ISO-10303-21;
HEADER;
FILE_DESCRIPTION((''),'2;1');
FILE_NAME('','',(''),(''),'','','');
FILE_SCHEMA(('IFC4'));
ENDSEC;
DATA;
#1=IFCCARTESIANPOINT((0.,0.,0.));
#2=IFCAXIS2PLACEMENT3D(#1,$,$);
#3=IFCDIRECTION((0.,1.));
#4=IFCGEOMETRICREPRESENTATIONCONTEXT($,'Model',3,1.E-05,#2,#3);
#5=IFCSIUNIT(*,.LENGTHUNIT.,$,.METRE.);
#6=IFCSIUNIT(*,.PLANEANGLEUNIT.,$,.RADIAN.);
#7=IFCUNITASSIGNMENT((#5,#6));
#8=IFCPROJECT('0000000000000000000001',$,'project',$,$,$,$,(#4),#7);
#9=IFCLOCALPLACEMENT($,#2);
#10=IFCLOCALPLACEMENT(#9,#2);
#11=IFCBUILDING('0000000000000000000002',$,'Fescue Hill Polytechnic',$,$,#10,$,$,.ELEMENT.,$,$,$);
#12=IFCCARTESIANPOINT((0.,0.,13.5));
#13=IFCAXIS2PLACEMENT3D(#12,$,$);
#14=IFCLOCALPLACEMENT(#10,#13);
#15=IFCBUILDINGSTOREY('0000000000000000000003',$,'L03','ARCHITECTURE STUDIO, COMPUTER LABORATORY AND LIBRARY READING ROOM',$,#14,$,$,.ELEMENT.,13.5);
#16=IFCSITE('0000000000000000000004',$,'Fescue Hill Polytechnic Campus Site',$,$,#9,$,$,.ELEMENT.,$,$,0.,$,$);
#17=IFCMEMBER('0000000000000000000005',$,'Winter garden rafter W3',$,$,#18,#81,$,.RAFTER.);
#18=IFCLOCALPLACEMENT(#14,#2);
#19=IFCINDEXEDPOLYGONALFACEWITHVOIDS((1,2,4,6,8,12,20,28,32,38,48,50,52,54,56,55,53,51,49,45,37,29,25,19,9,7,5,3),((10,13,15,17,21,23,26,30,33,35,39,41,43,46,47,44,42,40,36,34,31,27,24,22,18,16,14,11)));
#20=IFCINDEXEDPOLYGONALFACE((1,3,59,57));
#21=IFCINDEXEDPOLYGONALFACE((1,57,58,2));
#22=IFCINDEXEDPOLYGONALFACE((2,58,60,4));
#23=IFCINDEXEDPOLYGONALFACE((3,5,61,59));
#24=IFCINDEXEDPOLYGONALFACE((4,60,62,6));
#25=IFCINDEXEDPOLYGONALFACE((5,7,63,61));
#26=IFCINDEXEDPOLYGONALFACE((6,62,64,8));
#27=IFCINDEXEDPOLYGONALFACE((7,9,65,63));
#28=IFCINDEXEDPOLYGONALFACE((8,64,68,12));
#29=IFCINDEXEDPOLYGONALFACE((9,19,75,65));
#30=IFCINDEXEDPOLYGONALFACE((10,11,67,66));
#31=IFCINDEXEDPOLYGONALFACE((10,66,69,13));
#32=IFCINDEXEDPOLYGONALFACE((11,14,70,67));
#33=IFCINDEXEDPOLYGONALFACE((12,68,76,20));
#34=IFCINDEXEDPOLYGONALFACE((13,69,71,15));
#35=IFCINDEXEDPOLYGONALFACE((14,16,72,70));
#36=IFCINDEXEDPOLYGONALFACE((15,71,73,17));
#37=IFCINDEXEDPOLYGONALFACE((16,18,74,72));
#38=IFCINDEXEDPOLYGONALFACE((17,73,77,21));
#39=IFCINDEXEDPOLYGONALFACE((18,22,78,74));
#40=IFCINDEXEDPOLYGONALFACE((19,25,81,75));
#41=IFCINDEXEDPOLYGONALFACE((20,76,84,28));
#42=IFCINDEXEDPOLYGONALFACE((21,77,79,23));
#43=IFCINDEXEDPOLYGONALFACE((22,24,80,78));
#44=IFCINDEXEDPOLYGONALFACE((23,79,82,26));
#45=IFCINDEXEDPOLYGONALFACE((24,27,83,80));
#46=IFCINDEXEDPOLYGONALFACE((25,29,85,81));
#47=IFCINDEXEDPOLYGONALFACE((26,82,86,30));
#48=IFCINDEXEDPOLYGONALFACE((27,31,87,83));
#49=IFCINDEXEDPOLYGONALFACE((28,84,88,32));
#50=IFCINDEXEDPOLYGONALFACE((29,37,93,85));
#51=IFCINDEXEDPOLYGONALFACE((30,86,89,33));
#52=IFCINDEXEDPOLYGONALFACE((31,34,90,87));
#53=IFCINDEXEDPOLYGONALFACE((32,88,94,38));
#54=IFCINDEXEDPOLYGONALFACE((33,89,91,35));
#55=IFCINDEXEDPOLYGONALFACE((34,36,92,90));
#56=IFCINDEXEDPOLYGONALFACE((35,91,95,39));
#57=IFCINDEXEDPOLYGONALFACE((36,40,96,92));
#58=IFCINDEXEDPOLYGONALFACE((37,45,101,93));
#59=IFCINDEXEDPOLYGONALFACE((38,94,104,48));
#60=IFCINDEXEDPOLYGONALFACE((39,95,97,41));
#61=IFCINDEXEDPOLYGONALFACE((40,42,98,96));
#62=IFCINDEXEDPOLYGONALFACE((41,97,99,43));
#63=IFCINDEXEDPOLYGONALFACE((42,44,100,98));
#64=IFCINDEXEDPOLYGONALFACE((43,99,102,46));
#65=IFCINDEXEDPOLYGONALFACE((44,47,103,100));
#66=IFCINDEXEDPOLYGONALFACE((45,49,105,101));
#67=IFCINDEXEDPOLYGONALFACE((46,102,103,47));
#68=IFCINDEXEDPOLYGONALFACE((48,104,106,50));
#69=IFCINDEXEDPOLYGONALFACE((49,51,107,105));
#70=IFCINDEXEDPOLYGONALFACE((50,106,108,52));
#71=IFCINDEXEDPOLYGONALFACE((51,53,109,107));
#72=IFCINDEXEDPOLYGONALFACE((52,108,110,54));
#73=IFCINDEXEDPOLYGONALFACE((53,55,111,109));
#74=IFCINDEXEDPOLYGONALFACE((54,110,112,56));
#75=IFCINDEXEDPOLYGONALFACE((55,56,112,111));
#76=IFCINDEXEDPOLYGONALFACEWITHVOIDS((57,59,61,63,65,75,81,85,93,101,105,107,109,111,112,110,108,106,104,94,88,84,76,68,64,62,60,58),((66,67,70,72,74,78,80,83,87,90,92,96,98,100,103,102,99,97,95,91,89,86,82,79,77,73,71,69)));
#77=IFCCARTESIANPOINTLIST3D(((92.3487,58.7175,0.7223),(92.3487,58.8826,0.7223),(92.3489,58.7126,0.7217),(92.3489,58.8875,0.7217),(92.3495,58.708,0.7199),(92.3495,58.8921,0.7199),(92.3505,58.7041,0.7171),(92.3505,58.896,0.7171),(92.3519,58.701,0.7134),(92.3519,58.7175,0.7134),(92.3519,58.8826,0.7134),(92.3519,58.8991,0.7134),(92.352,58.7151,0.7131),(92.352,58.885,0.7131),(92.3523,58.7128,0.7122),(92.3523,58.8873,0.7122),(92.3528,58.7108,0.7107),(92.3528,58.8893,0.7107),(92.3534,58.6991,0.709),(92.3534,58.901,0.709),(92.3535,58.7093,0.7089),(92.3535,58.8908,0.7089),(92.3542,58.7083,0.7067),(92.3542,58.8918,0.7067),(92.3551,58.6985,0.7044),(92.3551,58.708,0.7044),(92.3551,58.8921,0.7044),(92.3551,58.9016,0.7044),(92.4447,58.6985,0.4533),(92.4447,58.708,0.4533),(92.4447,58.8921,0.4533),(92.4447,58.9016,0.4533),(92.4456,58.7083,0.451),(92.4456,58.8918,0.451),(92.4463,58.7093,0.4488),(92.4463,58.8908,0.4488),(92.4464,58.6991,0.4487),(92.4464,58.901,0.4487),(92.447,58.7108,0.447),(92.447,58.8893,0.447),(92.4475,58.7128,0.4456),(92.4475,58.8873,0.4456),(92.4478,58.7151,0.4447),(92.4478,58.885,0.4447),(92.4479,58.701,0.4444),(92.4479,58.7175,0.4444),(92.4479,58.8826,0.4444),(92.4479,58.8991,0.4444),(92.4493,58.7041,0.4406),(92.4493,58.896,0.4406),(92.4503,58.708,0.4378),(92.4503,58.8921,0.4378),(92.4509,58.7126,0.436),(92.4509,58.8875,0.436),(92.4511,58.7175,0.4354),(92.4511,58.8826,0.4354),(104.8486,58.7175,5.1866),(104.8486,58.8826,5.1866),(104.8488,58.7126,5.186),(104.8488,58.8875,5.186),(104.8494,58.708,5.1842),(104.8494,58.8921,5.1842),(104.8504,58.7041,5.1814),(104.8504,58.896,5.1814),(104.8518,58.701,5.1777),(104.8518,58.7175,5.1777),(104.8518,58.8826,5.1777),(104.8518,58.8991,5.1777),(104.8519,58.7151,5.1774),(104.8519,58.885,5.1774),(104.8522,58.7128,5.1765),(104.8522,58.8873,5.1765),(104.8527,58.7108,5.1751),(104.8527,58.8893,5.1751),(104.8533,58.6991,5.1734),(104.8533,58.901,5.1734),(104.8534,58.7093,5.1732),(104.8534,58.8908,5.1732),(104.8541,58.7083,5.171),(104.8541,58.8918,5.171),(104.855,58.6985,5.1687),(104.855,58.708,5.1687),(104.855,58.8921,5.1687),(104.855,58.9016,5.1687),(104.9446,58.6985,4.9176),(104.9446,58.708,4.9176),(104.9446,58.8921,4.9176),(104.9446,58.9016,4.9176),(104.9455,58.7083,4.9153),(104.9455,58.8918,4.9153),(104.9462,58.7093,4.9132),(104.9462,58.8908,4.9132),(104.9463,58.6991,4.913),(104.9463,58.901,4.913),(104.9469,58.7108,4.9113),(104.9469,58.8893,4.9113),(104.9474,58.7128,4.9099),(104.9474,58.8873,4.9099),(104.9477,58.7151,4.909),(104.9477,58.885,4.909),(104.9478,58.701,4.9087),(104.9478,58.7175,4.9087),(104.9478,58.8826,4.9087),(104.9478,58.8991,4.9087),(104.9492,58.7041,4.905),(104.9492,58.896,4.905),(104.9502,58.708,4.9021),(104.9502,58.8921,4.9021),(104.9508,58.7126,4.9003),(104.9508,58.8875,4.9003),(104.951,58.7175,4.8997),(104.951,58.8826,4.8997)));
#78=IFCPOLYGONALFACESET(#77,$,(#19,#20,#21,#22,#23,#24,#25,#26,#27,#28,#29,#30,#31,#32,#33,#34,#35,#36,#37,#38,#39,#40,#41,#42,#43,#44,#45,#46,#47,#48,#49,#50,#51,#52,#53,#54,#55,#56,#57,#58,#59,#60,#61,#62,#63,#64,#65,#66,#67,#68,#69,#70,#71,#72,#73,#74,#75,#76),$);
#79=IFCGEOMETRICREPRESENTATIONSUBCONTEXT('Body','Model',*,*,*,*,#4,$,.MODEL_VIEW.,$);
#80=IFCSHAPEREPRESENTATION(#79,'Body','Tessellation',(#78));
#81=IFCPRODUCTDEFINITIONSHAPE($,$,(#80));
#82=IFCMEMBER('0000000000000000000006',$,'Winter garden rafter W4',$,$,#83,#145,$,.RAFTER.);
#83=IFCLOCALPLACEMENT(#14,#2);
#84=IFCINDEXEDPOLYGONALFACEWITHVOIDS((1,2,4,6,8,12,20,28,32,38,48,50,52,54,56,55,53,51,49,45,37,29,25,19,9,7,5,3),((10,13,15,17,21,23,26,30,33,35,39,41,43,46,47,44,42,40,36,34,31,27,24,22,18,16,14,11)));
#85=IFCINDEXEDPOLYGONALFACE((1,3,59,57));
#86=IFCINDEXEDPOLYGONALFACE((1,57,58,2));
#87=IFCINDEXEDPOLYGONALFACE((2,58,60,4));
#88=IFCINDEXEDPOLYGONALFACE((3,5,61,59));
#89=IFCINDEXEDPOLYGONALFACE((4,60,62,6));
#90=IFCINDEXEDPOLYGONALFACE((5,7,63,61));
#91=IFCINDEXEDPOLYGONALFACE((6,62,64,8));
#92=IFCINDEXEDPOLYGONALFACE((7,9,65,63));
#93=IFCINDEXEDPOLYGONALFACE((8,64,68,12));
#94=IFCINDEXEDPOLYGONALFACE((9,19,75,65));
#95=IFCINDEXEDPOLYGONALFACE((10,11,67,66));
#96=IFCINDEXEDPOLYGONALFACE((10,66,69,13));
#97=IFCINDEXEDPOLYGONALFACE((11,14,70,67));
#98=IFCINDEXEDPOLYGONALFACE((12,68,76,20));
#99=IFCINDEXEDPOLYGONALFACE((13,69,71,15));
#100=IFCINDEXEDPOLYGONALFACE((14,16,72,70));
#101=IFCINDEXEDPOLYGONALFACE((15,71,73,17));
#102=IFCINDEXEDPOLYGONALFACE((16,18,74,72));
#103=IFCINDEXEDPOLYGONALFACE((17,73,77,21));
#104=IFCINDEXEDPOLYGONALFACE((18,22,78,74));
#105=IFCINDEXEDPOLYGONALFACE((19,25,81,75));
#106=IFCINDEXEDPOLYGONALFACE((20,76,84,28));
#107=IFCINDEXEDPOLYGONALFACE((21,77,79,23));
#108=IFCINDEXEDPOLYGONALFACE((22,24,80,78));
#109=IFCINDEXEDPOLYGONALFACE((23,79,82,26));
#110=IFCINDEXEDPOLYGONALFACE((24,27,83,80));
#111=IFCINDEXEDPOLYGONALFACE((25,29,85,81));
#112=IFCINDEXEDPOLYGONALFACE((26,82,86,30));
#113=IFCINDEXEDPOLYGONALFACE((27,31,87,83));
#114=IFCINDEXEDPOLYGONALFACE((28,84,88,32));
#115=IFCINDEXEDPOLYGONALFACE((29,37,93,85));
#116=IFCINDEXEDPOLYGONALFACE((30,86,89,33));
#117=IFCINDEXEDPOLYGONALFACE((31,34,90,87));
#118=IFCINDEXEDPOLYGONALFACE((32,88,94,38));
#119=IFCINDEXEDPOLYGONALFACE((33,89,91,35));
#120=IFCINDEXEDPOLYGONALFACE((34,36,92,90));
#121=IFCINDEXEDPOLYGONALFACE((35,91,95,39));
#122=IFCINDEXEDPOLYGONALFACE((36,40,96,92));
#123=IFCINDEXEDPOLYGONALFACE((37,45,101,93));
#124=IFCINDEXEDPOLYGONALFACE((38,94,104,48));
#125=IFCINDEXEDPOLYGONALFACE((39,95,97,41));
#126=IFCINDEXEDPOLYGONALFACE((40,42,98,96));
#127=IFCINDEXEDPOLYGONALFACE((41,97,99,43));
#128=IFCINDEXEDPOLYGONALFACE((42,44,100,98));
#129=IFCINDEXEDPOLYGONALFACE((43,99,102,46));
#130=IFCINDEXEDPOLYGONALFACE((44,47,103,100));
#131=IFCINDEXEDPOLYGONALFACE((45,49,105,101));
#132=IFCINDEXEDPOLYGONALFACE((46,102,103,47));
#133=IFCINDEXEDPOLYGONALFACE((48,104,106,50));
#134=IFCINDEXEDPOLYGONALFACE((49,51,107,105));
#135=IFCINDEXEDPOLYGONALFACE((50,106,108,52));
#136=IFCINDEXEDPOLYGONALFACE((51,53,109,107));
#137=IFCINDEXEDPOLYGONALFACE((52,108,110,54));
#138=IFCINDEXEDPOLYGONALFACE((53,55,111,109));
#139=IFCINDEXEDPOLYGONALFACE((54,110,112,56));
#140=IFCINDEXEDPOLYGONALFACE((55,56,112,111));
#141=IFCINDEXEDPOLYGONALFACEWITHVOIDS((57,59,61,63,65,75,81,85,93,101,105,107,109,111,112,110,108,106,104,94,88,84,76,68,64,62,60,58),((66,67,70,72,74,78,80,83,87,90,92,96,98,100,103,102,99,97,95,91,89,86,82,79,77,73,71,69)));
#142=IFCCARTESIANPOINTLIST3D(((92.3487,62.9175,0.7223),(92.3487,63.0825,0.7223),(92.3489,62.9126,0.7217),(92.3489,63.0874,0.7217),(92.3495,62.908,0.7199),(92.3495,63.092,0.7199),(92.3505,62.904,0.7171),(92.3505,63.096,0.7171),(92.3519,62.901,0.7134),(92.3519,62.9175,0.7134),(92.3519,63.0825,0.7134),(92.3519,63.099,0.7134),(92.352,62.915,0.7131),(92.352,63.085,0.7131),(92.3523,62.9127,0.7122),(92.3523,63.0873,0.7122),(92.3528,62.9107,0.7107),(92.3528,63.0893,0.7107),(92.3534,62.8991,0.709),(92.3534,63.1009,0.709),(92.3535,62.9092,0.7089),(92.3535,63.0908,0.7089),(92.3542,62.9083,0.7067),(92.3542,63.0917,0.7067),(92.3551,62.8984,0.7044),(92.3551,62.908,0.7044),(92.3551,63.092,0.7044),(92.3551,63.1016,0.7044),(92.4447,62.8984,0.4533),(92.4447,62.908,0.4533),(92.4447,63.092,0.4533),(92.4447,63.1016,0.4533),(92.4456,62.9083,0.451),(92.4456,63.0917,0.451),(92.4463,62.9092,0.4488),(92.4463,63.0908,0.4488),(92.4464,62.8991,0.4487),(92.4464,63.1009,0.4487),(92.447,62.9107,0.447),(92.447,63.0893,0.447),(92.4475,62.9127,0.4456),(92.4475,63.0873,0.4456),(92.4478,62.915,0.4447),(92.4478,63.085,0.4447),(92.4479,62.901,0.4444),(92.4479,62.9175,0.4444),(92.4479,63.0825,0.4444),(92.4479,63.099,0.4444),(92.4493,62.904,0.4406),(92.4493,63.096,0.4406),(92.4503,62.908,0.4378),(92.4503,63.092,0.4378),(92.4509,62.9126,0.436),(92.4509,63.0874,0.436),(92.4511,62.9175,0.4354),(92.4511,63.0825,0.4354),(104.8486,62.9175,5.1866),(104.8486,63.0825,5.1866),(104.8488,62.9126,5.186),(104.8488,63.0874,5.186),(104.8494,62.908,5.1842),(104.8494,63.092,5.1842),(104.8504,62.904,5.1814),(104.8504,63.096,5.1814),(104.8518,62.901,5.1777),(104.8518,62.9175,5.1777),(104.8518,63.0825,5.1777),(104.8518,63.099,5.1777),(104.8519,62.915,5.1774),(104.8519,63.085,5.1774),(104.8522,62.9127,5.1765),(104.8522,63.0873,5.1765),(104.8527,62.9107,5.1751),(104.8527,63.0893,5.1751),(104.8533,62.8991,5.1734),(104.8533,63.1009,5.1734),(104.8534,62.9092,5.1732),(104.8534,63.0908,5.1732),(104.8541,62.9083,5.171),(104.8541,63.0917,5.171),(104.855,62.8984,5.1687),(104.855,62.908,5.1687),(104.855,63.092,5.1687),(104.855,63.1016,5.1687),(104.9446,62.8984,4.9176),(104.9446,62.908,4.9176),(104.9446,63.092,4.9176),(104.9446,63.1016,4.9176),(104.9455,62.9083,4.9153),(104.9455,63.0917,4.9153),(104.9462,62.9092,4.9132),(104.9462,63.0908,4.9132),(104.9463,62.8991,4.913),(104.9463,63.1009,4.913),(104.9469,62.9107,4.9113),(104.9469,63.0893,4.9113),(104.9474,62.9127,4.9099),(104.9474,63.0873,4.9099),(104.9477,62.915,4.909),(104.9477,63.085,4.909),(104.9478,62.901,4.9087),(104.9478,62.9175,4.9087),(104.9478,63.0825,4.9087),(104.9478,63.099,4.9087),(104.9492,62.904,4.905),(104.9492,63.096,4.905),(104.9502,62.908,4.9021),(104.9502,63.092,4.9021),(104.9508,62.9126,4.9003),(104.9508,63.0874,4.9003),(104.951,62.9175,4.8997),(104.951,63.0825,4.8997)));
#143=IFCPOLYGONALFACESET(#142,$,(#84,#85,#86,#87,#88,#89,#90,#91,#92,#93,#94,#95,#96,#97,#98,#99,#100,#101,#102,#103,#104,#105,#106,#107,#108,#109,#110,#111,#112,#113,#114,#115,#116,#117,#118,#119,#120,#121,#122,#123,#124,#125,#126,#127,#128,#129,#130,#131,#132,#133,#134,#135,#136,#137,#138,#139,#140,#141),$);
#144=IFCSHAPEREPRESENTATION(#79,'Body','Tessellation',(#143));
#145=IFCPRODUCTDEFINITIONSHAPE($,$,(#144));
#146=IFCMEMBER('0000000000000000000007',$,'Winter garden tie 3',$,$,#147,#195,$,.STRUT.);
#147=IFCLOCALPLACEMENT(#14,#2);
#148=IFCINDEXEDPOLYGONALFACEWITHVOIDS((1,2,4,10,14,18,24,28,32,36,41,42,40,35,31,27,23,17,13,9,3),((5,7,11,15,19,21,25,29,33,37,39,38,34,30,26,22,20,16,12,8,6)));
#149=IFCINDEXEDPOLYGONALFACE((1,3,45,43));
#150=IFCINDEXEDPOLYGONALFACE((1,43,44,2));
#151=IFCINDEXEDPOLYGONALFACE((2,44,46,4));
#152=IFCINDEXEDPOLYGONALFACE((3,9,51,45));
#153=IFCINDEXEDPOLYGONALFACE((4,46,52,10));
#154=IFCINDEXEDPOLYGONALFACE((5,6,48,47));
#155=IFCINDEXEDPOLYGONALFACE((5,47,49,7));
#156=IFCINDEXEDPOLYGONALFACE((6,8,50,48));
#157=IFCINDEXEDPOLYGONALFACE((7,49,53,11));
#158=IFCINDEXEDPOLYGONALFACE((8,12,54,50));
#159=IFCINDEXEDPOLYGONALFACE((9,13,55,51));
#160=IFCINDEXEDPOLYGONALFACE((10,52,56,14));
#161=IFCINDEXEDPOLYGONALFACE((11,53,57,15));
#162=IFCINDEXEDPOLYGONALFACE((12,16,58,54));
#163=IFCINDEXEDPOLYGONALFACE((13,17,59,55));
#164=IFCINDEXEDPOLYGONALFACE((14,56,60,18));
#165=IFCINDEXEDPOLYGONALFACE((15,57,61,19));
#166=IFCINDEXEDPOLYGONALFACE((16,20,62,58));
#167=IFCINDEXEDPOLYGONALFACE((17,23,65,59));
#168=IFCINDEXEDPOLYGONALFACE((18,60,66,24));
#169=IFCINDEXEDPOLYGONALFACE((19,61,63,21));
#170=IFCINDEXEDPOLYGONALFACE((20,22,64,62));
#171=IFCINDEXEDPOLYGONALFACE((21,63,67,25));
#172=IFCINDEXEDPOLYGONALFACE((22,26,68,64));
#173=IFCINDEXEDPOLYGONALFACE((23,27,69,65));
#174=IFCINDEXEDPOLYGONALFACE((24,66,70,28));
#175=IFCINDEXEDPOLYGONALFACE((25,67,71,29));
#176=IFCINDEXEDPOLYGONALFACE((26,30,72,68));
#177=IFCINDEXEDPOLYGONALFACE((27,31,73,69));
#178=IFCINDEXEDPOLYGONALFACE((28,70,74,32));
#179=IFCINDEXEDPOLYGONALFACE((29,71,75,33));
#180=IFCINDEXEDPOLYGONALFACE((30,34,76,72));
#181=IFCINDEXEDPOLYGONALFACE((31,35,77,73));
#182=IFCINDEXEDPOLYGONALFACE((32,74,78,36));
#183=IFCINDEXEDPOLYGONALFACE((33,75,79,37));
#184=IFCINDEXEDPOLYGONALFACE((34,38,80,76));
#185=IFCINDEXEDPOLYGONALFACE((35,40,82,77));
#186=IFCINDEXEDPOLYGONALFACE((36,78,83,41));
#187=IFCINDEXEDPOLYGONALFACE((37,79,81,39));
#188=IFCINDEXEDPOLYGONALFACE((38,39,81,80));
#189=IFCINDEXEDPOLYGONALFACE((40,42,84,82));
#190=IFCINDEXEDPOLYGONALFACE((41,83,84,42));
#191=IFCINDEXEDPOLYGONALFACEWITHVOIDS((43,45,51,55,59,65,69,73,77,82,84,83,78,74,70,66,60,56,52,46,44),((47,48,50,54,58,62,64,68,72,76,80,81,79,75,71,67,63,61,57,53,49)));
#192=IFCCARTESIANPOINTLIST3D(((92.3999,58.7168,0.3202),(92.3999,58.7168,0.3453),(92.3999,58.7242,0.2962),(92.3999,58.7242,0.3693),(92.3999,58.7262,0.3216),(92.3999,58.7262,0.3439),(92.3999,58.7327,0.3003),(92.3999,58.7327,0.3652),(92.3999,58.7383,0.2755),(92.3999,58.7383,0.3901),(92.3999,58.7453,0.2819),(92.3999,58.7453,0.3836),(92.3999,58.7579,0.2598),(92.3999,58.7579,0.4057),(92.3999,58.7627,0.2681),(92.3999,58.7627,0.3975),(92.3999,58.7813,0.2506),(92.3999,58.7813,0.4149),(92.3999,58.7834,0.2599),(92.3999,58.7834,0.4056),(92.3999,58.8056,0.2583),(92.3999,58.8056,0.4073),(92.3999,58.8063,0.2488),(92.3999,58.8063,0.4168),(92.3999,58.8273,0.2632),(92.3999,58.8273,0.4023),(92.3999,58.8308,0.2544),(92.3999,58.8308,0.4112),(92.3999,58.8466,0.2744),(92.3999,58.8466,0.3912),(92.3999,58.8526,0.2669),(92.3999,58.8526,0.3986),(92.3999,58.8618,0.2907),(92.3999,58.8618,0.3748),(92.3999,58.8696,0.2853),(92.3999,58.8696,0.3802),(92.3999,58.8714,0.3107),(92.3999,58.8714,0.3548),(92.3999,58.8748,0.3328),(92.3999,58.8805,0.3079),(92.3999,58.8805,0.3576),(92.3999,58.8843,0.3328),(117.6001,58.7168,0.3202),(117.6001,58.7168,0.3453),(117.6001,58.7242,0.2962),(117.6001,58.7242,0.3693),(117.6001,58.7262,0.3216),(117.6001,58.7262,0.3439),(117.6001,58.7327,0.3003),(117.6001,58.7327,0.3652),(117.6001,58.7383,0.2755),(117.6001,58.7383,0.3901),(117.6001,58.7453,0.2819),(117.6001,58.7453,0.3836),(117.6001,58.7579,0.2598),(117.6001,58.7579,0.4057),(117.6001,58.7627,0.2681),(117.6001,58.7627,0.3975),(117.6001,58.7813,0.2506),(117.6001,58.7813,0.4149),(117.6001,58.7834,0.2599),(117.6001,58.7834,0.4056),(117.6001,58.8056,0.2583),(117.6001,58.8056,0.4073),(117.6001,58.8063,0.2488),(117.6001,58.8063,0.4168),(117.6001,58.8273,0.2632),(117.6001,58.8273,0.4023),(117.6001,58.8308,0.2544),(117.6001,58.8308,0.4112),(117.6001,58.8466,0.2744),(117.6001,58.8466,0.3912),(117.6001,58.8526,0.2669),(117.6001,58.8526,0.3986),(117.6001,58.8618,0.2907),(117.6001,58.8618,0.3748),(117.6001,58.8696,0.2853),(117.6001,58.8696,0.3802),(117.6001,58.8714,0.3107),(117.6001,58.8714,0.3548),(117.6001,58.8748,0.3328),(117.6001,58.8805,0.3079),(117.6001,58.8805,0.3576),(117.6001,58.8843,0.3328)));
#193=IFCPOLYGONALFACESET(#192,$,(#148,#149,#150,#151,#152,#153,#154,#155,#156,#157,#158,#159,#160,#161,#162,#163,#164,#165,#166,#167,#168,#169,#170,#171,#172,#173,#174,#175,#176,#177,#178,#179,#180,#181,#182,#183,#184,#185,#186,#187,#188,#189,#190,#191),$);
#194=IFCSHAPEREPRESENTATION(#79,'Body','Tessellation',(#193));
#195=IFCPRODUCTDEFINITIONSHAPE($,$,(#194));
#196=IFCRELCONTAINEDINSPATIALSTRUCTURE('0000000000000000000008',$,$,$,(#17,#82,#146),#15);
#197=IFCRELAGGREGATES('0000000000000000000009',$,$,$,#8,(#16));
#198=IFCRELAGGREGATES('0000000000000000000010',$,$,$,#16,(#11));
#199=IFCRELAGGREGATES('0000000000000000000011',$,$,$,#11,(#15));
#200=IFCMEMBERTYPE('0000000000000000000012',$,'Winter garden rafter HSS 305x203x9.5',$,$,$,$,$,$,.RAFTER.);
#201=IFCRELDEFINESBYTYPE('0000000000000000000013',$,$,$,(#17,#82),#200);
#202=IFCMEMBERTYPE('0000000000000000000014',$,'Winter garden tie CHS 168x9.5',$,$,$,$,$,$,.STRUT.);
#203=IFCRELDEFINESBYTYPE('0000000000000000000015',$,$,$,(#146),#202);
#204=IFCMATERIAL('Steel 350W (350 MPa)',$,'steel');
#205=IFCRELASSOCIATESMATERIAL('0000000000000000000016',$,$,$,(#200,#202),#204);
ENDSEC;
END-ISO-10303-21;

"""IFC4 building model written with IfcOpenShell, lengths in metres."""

from ifc_helpers import new_model, si_unit, direction, frame, origin, origin_2d, place, context, subcontext, project, spatial, hollow_rectangle, hollow_circle, extrude, material, material_profile, profile_set, type_object, element, save


model = new_model("IFC4")

# Units and contexts
model_context = context("Model", 3, precision=1e-05, world=origin(), true_north=direction((0.0, 1.0)))
body_context = subcontext(model_context, "Body", "Model", "MODEL_VIEW")
ifc_project = project(units=[si_unit("LENGTHUNIT", "METRE"), si_unit("PLANEANGLEUNIT", "RADIAN")], contexts=[model_context])

# Site, building, storey
site_placement = place(None, origin())
site = spatial("IfcSite", under=ifc_project, at=site_placement, Name="Fescue Hill Polytechnic Campus Site", CompositionType="ELEMENT", RefElevation=0.0)
building_placement = place(site_placement, origin())
building = spatial("IfcBuilding", under=site, at=building_placement, Name="Fescue Hill Polytechnic", CompositionType="ELEMENT")
storey_placement = place(building_placement, frame((0.0, 0.0, 13.5)))
storey = spatial("IfcBuildingStorey", under=building, at=storey_placement, Name="L03", Description="ARCHITECTURE STUDIO, COMPUTER LABORATORY AND LIBRARY READING ROOM", CompositionType="ELEMENT", Elevation=13.5)

# Shared definitions
ifc_material_1 = material(Name="Steel 350W (350 MPa)", Category="steel")

# Members
ifc_material_profile_1 = material_profile(ifc_material_1, hollow_rectangle(XDim=0.2031, YDim=0.3047, WallThickness=0.0095, InnerFilletRadius=0.0095, OuterFilletRadius=0.019, at=origin_2d()), Name="Winter garden rafter HSS 305x203x9.5")
ifc_profile_set_1 = profile_set([ifc_material_profile_1], Name="Steel 350W (350 MPa)")
member_type_1 = type_object("IfcMemberType", Name="Winter garden rafter HSS 305x203x9.5", PredefinedType="RAFTER", material=ifc_profile_set_1)
for number, where, z_axis, x_axis, name in (
    (1, (92.3999, 58.8, 0.5789), (0.94174, 0.0, 0.336341), (0.0, 1.0, 0.0), "Winter garden rafter W3"),
    (2, (92.3999, 63.0, 0.5789), (0.94174, 0.0, 0.336341), (0.0, 1.0, 0.0), "Winter garden rafter W4"),
):
    element("IfcMember", number, at=place(storey_placement, frame(where, z_axis=z_axis, x_axis=x_axis)), inside=storey, type_object=member_type_1, Name=name, PredefinedType="RAFTER", context=body_context, shape_type="SweptSolid", body=[
        extrude(hollow_rectangle(XDim=0.2031, YDim=0.3047, WallThickness=0.0095, InnerFilletRadius=0.0095, OuterFilletRadius=0.019, at=origin_2d()), origin(), (0.0, 0.0, 1.0), 13.2732),
    ])
ifc_material_profile_2 = material_profile(ifc_material_1, hollow_circle(Radius=0.0842, WallThickness=0.0095, at=origin_2d()), Name="Winter garden tie CHS 168x9.5")
ifc_profile_set_2 = profile_set([ifc_material_profile_2], Name="Steel 350W (350 MPa)")
member_type_2 = type_object("IfcMemberType", Name="Winter garden tie CHS 168x9.5", PredefinedType="STRUT", material=ifc_profile_set_2)
for number, where, z_axis, x_axis, name in (
    (3, (92.3999, 58.8, 0.3328), (1.0, 0.0, 0.0), (0.0, 1.0, 0.0), "Winter garden tie 3"),
):
    element("IfcMember", number, at=place(storey_placement, frame(where, z_axis=z_axis, x_axis=x_axis)), inside=storey, type_object=member_type_2, Name=name, PredefinedType="STRUT", context=body_context, shape_type="SweptSolid", body=[
        extrude(hollow_circle(Radius=0.0842, WallThickness=0.0095, at=origin_2d()), origin(), (0.0, 0.0, 1.0), 25.2002),
    ])

save(model, "model.ifc")
